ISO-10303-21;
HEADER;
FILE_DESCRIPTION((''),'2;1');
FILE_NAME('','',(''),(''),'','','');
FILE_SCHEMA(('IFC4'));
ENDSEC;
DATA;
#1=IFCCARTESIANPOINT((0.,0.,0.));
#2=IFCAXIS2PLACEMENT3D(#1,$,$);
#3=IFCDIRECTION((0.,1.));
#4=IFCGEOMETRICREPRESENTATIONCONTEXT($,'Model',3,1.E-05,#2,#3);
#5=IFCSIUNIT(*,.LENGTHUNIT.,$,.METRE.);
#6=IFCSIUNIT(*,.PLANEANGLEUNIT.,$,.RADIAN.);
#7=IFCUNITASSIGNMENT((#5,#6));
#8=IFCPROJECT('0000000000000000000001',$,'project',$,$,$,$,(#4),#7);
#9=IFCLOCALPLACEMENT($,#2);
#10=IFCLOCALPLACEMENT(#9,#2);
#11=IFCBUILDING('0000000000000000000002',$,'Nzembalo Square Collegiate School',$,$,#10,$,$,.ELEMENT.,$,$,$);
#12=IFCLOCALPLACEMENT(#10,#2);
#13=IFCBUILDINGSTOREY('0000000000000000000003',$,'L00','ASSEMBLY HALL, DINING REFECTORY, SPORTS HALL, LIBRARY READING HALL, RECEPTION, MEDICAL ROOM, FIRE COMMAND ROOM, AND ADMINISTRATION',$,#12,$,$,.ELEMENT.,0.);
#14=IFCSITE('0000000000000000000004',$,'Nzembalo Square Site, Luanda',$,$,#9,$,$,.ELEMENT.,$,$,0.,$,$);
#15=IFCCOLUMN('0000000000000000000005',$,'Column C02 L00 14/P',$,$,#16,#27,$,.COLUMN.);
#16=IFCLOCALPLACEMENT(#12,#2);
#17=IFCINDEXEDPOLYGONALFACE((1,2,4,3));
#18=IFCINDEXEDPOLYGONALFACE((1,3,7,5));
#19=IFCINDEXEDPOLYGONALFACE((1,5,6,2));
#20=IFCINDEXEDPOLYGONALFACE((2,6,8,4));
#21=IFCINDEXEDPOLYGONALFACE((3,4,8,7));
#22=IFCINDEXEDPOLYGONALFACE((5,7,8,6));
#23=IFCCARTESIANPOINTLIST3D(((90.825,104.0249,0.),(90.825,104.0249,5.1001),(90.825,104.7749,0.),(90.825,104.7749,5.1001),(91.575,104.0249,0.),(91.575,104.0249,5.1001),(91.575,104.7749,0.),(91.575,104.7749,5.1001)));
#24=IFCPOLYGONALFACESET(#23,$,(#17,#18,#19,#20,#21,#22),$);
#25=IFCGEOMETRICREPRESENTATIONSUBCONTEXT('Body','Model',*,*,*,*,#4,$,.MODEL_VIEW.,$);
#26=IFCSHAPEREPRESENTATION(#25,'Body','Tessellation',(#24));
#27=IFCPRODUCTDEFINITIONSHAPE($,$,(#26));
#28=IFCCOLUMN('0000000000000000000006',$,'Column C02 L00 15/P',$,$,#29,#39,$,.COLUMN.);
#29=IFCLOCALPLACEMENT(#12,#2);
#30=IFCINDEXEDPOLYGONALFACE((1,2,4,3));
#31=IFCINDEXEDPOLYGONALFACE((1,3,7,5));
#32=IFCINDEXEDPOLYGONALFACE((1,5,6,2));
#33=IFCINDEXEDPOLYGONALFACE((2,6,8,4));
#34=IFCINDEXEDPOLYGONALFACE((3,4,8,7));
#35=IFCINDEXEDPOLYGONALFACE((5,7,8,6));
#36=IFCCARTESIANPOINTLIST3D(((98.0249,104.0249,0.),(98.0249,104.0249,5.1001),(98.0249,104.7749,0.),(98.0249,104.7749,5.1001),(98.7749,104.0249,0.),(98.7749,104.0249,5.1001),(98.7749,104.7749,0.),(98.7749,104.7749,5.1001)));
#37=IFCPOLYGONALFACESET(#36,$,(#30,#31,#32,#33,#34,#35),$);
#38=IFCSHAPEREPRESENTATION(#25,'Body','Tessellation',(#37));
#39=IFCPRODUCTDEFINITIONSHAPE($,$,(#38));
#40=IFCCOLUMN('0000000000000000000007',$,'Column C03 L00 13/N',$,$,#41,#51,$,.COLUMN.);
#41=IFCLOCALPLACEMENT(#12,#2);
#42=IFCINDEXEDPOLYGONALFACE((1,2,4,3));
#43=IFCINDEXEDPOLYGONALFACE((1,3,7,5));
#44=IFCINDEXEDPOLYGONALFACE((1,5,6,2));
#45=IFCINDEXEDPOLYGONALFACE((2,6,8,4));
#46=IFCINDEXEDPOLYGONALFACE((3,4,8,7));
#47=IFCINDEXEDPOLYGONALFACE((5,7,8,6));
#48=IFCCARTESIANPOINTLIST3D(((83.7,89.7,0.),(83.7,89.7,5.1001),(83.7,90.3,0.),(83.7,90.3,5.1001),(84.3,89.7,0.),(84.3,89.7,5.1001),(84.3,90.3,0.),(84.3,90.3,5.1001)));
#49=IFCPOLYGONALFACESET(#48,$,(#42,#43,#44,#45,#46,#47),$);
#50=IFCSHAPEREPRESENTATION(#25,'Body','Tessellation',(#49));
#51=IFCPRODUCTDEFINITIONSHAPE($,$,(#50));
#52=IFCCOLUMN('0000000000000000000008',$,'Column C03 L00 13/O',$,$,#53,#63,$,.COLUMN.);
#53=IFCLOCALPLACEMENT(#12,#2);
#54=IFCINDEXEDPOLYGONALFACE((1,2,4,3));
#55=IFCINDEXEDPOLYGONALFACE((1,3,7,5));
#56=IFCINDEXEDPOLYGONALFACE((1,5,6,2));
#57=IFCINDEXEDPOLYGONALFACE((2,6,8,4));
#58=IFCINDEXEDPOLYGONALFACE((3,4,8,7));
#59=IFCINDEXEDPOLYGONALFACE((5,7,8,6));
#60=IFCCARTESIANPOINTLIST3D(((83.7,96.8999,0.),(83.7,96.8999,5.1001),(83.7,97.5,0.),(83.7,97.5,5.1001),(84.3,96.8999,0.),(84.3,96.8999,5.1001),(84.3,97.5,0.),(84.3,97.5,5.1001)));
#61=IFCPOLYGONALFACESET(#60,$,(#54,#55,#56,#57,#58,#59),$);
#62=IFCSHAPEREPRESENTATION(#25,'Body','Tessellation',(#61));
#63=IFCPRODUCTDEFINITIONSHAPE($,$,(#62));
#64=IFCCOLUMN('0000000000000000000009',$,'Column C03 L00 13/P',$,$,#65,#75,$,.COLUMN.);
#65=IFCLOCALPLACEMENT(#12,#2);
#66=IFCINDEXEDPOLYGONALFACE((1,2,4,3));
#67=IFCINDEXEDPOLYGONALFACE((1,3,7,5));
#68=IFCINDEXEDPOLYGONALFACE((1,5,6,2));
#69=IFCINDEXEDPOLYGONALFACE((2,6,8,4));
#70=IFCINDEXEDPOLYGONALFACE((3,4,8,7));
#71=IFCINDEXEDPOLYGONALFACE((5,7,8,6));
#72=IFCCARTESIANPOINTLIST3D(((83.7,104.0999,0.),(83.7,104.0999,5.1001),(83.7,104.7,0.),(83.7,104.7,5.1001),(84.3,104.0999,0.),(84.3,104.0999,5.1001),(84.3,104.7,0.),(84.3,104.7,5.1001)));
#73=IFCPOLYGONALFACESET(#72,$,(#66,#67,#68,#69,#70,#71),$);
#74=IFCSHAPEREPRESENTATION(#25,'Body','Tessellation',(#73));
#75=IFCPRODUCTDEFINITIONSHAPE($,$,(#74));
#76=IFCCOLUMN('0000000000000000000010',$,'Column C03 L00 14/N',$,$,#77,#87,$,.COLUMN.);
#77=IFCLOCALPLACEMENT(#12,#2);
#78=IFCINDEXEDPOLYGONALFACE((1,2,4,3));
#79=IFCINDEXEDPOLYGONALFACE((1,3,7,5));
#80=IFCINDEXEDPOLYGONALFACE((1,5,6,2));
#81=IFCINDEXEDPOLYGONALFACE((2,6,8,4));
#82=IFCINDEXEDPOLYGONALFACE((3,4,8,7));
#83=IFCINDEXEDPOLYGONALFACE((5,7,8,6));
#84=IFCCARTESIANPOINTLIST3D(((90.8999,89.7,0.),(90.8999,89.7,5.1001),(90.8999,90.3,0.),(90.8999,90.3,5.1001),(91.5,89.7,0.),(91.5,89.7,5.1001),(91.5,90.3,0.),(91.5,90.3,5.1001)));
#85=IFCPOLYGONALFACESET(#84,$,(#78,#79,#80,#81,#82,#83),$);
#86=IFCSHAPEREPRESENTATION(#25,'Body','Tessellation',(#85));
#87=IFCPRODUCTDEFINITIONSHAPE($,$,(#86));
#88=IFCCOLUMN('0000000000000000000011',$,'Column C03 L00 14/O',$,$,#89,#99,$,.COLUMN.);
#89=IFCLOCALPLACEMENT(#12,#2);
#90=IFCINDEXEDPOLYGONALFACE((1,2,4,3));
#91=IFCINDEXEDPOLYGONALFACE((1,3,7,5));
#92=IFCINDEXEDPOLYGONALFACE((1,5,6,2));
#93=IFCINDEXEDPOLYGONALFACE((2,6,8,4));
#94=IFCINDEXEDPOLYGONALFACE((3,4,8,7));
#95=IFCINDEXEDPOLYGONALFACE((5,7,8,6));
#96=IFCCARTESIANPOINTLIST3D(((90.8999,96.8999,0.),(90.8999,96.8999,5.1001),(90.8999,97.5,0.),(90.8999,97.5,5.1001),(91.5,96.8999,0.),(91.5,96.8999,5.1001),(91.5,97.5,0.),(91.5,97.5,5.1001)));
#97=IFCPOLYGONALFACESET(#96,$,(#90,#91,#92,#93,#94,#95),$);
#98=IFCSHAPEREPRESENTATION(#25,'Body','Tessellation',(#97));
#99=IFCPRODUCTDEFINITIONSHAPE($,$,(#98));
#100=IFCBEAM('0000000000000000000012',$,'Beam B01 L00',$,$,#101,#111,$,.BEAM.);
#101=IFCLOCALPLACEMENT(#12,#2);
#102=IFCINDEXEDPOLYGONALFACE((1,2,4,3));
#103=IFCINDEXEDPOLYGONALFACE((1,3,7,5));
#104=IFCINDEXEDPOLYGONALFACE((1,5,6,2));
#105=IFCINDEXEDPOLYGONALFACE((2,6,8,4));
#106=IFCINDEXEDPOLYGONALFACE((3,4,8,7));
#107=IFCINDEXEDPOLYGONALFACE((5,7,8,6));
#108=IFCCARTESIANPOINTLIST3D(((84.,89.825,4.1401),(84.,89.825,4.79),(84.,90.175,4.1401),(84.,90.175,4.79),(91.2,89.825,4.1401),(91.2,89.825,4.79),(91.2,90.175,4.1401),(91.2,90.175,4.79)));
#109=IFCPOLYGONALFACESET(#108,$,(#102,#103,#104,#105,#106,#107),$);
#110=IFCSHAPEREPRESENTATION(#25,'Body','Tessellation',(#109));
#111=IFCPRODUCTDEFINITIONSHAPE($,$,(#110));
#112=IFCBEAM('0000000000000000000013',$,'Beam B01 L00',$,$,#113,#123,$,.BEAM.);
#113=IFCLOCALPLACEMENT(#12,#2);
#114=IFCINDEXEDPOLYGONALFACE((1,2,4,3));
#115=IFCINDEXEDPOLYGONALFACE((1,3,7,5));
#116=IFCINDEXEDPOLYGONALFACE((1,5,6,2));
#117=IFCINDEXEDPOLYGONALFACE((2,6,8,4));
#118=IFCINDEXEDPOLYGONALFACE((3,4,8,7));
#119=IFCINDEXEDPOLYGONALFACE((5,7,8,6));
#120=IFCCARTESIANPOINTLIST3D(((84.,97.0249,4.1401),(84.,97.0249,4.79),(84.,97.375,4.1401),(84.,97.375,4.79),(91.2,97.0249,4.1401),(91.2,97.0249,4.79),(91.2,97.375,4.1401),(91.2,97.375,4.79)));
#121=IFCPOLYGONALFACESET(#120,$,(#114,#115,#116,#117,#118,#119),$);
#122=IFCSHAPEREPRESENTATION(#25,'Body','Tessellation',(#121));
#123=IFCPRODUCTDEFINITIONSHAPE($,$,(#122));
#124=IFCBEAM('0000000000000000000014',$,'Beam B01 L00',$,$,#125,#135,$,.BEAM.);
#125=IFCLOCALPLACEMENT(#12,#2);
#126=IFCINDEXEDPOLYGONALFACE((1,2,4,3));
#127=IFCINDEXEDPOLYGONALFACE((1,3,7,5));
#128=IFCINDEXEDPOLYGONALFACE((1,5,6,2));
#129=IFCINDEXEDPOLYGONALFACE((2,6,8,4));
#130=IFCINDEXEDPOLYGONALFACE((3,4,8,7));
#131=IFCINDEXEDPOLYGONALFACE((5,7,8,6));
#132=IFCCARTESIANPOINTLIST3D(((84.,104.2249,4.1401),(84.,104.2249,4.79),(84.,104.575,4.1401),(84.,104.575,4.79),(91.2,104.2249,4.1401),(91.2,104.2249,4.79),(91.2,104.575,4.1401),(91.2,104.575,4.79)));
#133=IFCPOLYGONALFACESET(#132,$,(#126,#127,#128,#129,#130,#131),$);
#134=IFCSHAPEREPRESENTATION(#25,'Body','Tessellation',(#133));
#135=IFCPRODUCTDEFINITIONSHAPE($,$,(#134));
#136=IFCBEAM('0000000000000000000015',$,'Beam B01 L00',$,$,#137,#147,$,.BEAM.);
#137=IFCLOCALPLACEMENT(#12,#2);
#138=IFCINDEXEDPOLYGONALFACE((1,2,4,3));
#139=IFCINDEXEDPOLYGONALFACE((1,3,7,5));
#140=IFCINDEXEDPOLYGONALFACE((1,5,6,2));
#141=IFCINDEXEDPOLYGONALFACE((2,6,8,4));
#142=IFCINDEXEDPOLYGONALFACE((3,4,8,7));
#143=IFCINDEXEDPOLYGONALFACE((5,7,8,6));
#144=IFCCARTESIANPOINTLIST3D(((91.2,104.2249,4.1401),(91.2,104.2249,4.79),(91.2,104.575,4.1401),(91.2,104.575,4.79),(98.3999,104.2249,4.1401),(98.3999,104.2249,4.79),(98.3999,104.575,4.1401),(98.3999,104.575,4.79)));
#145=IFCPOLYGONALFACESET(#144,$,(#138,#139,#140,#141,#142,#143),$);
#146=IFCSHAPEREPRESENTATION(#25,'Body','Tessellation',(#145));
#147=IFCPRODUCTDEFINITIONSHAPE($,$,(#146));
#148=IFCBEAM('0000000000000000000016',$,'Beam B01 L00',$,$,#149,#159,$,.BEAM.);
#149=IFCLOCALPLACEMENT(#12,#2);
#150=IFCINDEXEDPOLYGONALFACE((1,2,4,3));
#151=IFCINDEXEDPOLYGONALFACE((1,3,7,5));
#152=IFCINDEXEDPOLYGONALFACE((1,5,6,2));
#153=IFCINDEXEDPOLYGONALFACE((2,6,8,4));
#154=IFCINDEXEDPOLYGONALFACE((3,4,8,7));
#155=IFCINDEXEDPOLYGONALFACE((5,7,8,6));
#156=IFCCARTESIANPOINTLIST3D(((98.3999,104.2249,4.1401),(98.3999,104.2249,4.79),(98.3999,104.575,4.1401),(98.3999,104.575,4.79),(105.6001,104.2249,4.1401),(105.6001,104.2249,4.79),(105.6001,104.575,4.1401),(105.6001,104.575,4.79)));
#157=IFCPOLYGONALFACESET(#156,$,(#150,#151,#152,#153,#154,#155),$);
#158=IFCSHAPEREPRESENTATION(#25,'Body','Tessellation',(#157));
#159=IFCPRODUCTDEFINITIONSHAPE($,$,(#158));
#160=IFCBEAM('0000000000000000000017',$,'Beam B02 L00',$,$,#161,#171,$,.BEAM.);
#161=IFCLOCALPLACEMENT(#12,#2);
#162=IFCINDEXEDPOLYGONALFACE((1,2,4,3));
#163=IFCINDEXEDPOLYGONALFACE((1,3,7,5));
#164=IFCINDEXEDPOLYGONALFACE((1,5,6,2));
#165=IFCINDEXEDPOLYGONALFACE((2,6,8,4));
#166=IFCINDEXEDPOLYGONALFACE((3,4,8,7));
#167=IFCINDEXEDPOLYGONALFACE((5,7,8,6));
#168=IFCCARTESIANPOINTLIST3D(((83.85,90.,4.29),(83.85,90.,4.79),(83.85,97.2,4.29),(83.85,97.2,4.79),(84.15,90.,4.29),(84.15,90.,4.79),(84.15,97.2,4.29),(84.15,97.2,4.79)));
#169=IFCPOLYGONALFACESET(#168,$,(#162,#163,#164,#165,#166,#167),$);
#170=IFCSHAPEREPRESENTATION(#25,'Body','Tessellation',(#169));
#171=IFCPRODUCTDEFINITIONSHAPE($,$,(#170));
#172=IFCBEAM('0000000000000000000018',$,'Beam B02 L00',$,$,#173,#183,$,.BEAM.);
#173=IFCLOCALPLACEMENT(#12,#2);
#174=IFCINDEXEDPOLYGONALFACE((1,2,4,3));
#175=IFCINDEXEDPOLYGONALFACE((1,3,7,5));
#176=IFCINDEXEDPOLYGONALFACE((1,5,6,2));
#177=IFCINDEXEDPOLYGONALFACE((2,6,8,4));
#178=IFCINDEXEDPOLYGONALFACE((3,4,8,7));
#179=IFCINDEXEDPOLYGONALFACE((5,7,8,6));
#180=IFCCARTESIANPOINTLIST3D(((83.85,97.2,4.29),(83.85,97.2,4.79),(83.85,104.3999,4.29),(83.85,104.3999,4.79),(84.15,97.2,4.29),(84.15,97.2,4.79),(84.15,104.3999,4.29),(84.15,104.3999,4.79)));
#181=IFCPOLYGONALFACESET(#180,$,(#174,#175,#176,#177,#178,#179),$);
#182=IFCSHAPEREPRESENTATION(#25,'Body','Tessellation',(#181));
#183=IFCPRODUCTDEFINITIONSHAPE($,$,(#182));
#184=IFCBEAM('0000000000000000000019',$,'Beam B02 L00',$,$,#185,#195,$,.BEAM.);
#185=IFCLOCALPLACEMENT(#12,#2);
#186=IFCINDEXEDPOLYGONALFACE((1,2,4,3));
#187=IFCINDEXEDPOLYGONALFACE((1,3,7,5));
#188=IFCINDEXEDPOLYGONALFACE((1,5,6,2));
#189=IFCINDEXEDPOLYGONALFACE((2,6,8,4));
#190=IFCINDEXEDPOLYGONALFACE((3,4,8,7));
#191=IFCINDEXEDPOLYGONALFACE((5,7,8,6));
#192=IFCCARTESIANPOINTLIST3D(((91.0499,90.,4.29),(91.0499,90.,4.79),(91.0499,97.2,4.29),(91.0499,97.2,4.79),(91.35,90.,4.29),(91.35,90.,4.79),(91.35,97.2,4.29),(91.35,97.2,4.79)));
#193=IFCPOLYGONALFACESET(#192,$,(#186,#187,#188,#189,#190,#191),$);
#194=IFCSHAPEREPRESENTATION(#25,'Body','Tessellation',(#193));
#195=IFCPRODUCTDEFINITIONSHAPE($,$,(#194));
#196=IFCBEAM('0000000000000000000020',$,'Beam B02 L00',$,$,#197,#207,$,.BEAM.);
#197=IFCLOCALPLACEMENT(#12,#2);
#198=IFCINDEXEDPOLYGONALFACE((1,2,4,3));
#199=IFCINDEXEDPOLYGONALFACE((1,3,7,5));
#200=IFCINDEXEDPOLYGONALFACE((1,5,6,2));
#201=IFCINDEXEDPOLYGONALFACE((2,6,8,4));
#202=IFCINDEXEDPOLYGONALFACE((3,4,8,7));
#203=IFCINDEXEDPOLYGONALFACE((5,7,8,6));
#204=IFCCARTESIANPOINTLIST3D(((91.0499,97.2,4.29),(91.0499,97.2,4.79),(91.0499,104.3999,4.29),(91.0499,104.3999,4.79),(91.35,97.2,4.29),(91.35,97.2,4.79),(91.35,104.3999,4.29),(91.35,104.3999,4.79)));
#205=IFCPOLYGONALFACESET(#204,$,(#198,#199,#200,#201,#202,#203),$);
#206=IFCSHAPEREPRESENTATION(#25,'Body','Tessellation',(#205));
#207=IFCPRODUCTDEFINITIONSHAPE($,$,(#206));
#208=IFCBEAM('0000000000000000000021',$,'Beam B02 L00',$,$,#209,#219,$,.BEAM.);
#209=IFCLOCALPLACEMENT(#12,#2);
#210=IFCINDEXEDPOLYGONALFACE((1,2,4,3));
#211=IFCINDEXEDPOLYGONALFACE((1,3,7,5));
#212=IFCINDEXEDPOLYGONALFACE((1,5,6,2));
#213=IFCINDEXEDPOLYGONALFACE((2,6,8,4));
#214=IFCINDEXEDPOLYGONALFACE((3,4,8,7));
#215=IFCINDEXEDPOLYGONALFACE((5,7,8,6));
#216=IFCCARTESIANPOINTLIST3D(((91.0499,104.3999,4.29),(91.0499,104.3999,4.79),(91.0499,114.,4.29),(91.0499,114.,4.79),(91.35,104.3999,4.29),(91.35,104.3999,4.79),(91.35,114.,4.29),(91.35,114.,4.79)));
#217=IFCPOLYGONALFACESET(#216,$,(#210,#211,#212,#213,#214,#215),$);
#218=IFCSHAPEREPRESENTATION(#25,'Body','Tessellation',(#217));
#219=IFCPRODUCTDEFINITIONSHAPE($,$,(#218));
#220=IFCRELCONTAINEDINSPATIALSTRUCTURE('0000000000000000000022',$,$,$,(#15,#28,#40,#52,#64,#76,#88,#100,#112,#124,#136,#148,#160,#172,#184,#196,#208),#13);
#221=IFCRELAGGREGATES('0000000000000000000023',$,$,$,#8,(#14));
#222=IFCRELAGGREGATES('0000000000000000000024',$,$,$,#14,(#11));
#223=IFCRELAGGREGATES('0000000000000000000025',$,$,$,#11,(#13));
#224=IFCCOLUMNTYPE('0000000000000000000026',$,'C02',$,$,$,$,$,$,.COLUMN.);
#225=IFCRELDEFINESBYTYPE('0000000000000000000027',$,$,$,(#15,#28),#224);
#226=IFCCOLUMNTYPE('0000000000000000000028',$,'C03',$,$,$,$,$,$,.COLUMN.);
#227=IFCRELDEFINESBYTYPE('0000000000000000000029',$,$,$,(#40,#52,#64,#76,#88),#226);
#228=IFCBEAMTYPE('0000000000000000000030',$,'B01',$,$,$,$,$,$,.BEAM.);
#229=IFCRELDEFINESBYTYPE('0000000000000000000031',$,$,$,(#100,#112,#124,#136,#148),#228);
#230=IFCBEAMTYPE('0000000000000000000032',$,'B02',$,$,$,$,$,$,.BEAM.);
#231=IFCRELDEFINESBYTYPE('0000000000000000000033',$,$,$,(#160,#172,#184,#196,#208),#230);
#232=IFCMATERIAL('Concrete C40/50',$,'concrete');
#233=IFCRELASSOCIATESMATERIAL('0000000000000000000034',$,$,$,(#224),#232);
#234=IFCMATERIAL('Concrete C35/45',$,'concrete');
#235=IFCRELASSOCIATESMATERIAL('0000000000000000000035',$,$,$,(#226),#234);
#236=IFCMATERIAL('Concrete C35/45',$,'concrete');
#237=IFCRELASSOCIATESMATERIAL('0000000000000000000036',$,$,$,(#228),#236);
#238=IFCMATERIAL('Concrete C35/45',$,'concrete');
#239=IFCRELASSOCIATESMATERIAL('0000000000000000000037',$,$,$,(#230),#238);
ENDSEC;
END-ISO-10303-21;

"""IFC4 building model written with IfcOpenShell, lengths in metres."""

from ifc_helpers import new_model, si_unit, direction, frame, origin, origin_2d, place, context, subcontext, project, spatial, rectangle, extrude, material, material_profile, profile_set, type_object, element, save


model = new_model("IFC4")

# Units and contexts
model_context = context("Model", 3, precision=1e-05, world=origin(), true_north=direction((0.0, 1.0)))
body_context = subcontext(model_context, "Body", "Model", "MODEL_VIEW")
ifc_project = project(units=[si_unit("LENGTHUNIT", "METRE"), si_unit("PLANEANGLEUNIT", "RADIAN")], contexts=[model_context])

# Site, building, storey
site_placement = place(None, origin())
site = spatial("IfcSite", under=ifc_project, at=site_placement, Name="Nzembalo Square Site, Luanda", CompositionType="ELEMENT", RefElevation=0.0)
building_placement = place(site_placement, origin())
building = spatial("IfcBuilding", under=site, at=building_placement, Name="Nzembalo Square Collegiate School", CompositionType="ELEMENT")
storey_placement = place(building_placement, origin())
storey = spatial("IfcBuildingStorey", under=building, at=storey_placement, Name="L00", Description="ASSEMBLY HALL, DINING REFECTORY, SPORTS HALL, LIBRARY READING HALL, RECEPTION, MEDICAL ROOM, FIRE COMMAND ROOM, AND ADMINISTRATION", CompositionType="ELEMENT", Elevation=0.0)

# Columns
ifc_material_1 = material(Name="Concrete C40/50", Category="concrete")
ifc_material_profile_1 = material_profile(ifc_material_1, rectangle(XDim=0.75, YDim=0.75, at=origin_2d()), Name="RC 750x750")
ifc_profile_set_1 = profile_set([ifc_material_profile_1], Name="Concrete C40/50")
column_type_1 = type_object("IfcColumnType", Name="C02", PredefinedType="COLUMN", material=ifc_profile_set_1)
for number, where, z_axis, x_axis, name in (
    (1, (91.2, 104.3999, 0.0), (0.0, 0.0, 1.0), (1.0, 0.0, 0.0), "Column C02 L00 14/P"),
    (2, (98.3999, 104.3999, 0.0), (0.0, 0.0, 1.0), (1.0, 0.0, 0.0), "Column C02 L00 15/P"),
):
    element("IfcColumn", number, at=place(storey_placement, frame(where, z_axis=z_axis, x_axis=x_axis)), inside=storey, type_object=column_type_1, Name=name, PredefinedType="COLUMN", context=body_context, shape_type="SweptSolid", body=[
        extrude(rectangle(XDim=0.75, YDim=0.75, at=origin_2d()), origin(), (0.0, 0.0, 1.0), 5.1001),
    ])
ifc_material_2 = material(Name="Concrete C35/45", Category="concrete")
ifc_material_profile_2 = material_profile(ifc_material_2, rectangle(XDim=0.6001, YDim=0.6001, at=origin_2d()), Name="RC 600x600")
ifc_profile_set_2 = profile_set([ifc_material_profile_2], Name="Concrete C35/45")
column_type_2 = type_object("IfcColumnType", Name="C03", PredefinedType="COLUMN", material=ifc_profile_set_2)
for number, where, z_axis, x_axis, name in (
    (3, (84.0, 90.0, 0.0), (0.0, 0.0, 1.0), (1.0, 0.0, 0.0), "Column C03 L00 13/N"),
    (4, (84.0, 97.2, 0.0), (0.0, 0.0, 1.0), (1.0, 0.0, 0.0), "Column C03 L00 13/O"),
    (5, (84.0, 104.3999, 0.0), (0.0, 0.0, 1.0), (1.0, 0.0, 0.0), "Column C03 L00 13/P"),
    (6, (91.2, 90.0, 0.0), (0.0, 0.0, 1.0), (1.0, 0.0, 0.0), "Column C03 L00 14/N"),
    (7, (91.2, 97.2, 0.0), (0.0, 0.0, 1.0), (1.0, 0.0, 0.0), "Column C03 L00 14/O"),
):
    element("IfcColumn", number, at=place(storey_placement, frame(where, z_axis=z_axis, x_axis=x_axis)), inside=storey, type_object=column_type_2, Name=name, PredefinedType="COLUMN", context=body_context, shape_type="SweptSolid", body=[
        extrude(rectangle(XDim=0.6001, YDim=0.6001, at=origin_2d()), origin(), (0.0, 0.0, 1.0), 5.1001),
    ])

# Beams
ifc_material_3 = material(Name="Concrete C35/45", Category="concrete")
ifc_material_profile_3 = material_profile(ifc_material_3, rectangle(XDim=0.3501, YDim=0.6499, at=origin_2d()), Name="RC 350x650")
ifc_profile_set_3 = profile_set([ifc_material_profile_3], Name="Concrete C35/45")
beam_type_1 = type_object("IfcBeamType", Name="B01", PredefinedType="BEAM", material=ifc_profile_set_3)
for number, where, z_axis, x_axis, name in (
    (8, (84.0, 90.0, 4.4651), (1.0, 0.0, 0.0), (0.0, 1.0, 0.0), "Beam B01 L00"),
    (9, (84.0, 97.2, 4.4651), (1.0, 0.0, 0.0), (0.0, 1.0, 0.0), "Beam B01 L00"),
    (10, (84.0, 104.3999, 4.4651), (1.0, 0.0, 0.0), (0.0, 1.0, 0.0), "Beam B01 L00"),
    (11, (91.2, 104.3999, 4.4651), (1.0, 0.0, 0.0), (0.0, 1.0, 0.0), "Beam B01 L00"),
):
    element("IfcBeam", number, at=place(storey_placement, frame(where, z_axis=z_axis, x_axis=x_axis)), inside=storey, type_object=beam_type_1, Name=name, PredefinedType="BEAM", context=body_context, shape_type="SweptSolid", body=[
        extrude(rectangle(XDim=0.3501, YDim=0.6499, at=origin_2d()), origin(), (0.0, 0.0, 1.0), 7.2),
    ])
beam_placement = place(storey_placement, frame((98.3999, 104.3999, 4.4651), z_axis=(1.0, 0.0, 0.0), x_axis=(0.0, 1.0, 0.0)))
element("IfcBeam", 12, at=beam_placement, inside=storey, type_object=beam_type_1, Name="Beam B01 L00", PredefinedType="BEAM", context=body_context, shape_type="SweptSolid", body=[
    extrude(rectangle(XDim=0.3501, YDim=0.6499, at=origin_2d()), origin(), (0.0, 0.0, 1.0), 7.2002),
])
ifc_material_4 = material(Name="Concrete C35/45", Category="concrete")
ifc_material_profile_4 = material_profile(ifc_material_4, rectangle(XDim=0.3, YDim=0.5, at=origin_2d()), Name="RC 300x500")
ifc_profile_set_4 = profile_set([ifc_material_profile_4], Name="Concrete C35/45")
beam_type_2 = type_object("IfcBeamType", Name="B02", PredefinedType="BEAM", material=ifc_profile_set_4)
for number, where, z_axis, x_axis, name in (
    (13, (84.0, 90.0, 4.54), (0.0, 1.0, 0.0), (-1.0, 0.0, 0.0), "Beam B02 L00"),
    (14, (84.0, 97.2, 4.54), (0.0, 1.0, 0.0), (-1.0, 0.0, 0.0), "Beam B02 L00"),
    (15, (91.2, 90.0, 4.54), (0.0, 1.0, 0.0), (-1.0, 0.0, 0.0), "Beam B02 L00"),
    (16, (91.2, 97.2, 4.54), (0.0, 1.0, 0.0), (-1.0, 0.0, 0.0), "Beam B02 L00"),
):
    element("IfcBeam", number, at=place(storey_placement, frame(where, z_axis=z_axis, x_axis=x_axis)), inside=storey, type_object=beam_type_2, Name=name, PredefinedType="BEAM", context=body_context, shape_type="SweptSolid", body=[
        extrude(rectangle(XDim=0.3, YDim=0.5, at=origin_2d()), origin(), (0.0, 0.0, 1.0), 7.2),
    ])
for number, where, z_axis, x_axis, name in (
    (17, (91.2, 104.3999, 4.54), (0.0, 1.0, 0.0), (-1.0, 0.0, 0.0), "Beam B02 L00"),
):
    element("IfcBeam", number, at=place(storey_placement, frame(where, z_axis=z_axis, x_axis=x_axis)), inside=storey, type_object=beam_type_2, Name=name, PredefinedType="BEAM", context=body_context, shape_type="SweptSolid", body=[
        extrude(rectangle(XDim=0.3, YDim=0.5, at=origin_2d()), origin(), (0.0, 0.0, 1.0), 9.6001),
    ])

save(model, "model.ifc")
